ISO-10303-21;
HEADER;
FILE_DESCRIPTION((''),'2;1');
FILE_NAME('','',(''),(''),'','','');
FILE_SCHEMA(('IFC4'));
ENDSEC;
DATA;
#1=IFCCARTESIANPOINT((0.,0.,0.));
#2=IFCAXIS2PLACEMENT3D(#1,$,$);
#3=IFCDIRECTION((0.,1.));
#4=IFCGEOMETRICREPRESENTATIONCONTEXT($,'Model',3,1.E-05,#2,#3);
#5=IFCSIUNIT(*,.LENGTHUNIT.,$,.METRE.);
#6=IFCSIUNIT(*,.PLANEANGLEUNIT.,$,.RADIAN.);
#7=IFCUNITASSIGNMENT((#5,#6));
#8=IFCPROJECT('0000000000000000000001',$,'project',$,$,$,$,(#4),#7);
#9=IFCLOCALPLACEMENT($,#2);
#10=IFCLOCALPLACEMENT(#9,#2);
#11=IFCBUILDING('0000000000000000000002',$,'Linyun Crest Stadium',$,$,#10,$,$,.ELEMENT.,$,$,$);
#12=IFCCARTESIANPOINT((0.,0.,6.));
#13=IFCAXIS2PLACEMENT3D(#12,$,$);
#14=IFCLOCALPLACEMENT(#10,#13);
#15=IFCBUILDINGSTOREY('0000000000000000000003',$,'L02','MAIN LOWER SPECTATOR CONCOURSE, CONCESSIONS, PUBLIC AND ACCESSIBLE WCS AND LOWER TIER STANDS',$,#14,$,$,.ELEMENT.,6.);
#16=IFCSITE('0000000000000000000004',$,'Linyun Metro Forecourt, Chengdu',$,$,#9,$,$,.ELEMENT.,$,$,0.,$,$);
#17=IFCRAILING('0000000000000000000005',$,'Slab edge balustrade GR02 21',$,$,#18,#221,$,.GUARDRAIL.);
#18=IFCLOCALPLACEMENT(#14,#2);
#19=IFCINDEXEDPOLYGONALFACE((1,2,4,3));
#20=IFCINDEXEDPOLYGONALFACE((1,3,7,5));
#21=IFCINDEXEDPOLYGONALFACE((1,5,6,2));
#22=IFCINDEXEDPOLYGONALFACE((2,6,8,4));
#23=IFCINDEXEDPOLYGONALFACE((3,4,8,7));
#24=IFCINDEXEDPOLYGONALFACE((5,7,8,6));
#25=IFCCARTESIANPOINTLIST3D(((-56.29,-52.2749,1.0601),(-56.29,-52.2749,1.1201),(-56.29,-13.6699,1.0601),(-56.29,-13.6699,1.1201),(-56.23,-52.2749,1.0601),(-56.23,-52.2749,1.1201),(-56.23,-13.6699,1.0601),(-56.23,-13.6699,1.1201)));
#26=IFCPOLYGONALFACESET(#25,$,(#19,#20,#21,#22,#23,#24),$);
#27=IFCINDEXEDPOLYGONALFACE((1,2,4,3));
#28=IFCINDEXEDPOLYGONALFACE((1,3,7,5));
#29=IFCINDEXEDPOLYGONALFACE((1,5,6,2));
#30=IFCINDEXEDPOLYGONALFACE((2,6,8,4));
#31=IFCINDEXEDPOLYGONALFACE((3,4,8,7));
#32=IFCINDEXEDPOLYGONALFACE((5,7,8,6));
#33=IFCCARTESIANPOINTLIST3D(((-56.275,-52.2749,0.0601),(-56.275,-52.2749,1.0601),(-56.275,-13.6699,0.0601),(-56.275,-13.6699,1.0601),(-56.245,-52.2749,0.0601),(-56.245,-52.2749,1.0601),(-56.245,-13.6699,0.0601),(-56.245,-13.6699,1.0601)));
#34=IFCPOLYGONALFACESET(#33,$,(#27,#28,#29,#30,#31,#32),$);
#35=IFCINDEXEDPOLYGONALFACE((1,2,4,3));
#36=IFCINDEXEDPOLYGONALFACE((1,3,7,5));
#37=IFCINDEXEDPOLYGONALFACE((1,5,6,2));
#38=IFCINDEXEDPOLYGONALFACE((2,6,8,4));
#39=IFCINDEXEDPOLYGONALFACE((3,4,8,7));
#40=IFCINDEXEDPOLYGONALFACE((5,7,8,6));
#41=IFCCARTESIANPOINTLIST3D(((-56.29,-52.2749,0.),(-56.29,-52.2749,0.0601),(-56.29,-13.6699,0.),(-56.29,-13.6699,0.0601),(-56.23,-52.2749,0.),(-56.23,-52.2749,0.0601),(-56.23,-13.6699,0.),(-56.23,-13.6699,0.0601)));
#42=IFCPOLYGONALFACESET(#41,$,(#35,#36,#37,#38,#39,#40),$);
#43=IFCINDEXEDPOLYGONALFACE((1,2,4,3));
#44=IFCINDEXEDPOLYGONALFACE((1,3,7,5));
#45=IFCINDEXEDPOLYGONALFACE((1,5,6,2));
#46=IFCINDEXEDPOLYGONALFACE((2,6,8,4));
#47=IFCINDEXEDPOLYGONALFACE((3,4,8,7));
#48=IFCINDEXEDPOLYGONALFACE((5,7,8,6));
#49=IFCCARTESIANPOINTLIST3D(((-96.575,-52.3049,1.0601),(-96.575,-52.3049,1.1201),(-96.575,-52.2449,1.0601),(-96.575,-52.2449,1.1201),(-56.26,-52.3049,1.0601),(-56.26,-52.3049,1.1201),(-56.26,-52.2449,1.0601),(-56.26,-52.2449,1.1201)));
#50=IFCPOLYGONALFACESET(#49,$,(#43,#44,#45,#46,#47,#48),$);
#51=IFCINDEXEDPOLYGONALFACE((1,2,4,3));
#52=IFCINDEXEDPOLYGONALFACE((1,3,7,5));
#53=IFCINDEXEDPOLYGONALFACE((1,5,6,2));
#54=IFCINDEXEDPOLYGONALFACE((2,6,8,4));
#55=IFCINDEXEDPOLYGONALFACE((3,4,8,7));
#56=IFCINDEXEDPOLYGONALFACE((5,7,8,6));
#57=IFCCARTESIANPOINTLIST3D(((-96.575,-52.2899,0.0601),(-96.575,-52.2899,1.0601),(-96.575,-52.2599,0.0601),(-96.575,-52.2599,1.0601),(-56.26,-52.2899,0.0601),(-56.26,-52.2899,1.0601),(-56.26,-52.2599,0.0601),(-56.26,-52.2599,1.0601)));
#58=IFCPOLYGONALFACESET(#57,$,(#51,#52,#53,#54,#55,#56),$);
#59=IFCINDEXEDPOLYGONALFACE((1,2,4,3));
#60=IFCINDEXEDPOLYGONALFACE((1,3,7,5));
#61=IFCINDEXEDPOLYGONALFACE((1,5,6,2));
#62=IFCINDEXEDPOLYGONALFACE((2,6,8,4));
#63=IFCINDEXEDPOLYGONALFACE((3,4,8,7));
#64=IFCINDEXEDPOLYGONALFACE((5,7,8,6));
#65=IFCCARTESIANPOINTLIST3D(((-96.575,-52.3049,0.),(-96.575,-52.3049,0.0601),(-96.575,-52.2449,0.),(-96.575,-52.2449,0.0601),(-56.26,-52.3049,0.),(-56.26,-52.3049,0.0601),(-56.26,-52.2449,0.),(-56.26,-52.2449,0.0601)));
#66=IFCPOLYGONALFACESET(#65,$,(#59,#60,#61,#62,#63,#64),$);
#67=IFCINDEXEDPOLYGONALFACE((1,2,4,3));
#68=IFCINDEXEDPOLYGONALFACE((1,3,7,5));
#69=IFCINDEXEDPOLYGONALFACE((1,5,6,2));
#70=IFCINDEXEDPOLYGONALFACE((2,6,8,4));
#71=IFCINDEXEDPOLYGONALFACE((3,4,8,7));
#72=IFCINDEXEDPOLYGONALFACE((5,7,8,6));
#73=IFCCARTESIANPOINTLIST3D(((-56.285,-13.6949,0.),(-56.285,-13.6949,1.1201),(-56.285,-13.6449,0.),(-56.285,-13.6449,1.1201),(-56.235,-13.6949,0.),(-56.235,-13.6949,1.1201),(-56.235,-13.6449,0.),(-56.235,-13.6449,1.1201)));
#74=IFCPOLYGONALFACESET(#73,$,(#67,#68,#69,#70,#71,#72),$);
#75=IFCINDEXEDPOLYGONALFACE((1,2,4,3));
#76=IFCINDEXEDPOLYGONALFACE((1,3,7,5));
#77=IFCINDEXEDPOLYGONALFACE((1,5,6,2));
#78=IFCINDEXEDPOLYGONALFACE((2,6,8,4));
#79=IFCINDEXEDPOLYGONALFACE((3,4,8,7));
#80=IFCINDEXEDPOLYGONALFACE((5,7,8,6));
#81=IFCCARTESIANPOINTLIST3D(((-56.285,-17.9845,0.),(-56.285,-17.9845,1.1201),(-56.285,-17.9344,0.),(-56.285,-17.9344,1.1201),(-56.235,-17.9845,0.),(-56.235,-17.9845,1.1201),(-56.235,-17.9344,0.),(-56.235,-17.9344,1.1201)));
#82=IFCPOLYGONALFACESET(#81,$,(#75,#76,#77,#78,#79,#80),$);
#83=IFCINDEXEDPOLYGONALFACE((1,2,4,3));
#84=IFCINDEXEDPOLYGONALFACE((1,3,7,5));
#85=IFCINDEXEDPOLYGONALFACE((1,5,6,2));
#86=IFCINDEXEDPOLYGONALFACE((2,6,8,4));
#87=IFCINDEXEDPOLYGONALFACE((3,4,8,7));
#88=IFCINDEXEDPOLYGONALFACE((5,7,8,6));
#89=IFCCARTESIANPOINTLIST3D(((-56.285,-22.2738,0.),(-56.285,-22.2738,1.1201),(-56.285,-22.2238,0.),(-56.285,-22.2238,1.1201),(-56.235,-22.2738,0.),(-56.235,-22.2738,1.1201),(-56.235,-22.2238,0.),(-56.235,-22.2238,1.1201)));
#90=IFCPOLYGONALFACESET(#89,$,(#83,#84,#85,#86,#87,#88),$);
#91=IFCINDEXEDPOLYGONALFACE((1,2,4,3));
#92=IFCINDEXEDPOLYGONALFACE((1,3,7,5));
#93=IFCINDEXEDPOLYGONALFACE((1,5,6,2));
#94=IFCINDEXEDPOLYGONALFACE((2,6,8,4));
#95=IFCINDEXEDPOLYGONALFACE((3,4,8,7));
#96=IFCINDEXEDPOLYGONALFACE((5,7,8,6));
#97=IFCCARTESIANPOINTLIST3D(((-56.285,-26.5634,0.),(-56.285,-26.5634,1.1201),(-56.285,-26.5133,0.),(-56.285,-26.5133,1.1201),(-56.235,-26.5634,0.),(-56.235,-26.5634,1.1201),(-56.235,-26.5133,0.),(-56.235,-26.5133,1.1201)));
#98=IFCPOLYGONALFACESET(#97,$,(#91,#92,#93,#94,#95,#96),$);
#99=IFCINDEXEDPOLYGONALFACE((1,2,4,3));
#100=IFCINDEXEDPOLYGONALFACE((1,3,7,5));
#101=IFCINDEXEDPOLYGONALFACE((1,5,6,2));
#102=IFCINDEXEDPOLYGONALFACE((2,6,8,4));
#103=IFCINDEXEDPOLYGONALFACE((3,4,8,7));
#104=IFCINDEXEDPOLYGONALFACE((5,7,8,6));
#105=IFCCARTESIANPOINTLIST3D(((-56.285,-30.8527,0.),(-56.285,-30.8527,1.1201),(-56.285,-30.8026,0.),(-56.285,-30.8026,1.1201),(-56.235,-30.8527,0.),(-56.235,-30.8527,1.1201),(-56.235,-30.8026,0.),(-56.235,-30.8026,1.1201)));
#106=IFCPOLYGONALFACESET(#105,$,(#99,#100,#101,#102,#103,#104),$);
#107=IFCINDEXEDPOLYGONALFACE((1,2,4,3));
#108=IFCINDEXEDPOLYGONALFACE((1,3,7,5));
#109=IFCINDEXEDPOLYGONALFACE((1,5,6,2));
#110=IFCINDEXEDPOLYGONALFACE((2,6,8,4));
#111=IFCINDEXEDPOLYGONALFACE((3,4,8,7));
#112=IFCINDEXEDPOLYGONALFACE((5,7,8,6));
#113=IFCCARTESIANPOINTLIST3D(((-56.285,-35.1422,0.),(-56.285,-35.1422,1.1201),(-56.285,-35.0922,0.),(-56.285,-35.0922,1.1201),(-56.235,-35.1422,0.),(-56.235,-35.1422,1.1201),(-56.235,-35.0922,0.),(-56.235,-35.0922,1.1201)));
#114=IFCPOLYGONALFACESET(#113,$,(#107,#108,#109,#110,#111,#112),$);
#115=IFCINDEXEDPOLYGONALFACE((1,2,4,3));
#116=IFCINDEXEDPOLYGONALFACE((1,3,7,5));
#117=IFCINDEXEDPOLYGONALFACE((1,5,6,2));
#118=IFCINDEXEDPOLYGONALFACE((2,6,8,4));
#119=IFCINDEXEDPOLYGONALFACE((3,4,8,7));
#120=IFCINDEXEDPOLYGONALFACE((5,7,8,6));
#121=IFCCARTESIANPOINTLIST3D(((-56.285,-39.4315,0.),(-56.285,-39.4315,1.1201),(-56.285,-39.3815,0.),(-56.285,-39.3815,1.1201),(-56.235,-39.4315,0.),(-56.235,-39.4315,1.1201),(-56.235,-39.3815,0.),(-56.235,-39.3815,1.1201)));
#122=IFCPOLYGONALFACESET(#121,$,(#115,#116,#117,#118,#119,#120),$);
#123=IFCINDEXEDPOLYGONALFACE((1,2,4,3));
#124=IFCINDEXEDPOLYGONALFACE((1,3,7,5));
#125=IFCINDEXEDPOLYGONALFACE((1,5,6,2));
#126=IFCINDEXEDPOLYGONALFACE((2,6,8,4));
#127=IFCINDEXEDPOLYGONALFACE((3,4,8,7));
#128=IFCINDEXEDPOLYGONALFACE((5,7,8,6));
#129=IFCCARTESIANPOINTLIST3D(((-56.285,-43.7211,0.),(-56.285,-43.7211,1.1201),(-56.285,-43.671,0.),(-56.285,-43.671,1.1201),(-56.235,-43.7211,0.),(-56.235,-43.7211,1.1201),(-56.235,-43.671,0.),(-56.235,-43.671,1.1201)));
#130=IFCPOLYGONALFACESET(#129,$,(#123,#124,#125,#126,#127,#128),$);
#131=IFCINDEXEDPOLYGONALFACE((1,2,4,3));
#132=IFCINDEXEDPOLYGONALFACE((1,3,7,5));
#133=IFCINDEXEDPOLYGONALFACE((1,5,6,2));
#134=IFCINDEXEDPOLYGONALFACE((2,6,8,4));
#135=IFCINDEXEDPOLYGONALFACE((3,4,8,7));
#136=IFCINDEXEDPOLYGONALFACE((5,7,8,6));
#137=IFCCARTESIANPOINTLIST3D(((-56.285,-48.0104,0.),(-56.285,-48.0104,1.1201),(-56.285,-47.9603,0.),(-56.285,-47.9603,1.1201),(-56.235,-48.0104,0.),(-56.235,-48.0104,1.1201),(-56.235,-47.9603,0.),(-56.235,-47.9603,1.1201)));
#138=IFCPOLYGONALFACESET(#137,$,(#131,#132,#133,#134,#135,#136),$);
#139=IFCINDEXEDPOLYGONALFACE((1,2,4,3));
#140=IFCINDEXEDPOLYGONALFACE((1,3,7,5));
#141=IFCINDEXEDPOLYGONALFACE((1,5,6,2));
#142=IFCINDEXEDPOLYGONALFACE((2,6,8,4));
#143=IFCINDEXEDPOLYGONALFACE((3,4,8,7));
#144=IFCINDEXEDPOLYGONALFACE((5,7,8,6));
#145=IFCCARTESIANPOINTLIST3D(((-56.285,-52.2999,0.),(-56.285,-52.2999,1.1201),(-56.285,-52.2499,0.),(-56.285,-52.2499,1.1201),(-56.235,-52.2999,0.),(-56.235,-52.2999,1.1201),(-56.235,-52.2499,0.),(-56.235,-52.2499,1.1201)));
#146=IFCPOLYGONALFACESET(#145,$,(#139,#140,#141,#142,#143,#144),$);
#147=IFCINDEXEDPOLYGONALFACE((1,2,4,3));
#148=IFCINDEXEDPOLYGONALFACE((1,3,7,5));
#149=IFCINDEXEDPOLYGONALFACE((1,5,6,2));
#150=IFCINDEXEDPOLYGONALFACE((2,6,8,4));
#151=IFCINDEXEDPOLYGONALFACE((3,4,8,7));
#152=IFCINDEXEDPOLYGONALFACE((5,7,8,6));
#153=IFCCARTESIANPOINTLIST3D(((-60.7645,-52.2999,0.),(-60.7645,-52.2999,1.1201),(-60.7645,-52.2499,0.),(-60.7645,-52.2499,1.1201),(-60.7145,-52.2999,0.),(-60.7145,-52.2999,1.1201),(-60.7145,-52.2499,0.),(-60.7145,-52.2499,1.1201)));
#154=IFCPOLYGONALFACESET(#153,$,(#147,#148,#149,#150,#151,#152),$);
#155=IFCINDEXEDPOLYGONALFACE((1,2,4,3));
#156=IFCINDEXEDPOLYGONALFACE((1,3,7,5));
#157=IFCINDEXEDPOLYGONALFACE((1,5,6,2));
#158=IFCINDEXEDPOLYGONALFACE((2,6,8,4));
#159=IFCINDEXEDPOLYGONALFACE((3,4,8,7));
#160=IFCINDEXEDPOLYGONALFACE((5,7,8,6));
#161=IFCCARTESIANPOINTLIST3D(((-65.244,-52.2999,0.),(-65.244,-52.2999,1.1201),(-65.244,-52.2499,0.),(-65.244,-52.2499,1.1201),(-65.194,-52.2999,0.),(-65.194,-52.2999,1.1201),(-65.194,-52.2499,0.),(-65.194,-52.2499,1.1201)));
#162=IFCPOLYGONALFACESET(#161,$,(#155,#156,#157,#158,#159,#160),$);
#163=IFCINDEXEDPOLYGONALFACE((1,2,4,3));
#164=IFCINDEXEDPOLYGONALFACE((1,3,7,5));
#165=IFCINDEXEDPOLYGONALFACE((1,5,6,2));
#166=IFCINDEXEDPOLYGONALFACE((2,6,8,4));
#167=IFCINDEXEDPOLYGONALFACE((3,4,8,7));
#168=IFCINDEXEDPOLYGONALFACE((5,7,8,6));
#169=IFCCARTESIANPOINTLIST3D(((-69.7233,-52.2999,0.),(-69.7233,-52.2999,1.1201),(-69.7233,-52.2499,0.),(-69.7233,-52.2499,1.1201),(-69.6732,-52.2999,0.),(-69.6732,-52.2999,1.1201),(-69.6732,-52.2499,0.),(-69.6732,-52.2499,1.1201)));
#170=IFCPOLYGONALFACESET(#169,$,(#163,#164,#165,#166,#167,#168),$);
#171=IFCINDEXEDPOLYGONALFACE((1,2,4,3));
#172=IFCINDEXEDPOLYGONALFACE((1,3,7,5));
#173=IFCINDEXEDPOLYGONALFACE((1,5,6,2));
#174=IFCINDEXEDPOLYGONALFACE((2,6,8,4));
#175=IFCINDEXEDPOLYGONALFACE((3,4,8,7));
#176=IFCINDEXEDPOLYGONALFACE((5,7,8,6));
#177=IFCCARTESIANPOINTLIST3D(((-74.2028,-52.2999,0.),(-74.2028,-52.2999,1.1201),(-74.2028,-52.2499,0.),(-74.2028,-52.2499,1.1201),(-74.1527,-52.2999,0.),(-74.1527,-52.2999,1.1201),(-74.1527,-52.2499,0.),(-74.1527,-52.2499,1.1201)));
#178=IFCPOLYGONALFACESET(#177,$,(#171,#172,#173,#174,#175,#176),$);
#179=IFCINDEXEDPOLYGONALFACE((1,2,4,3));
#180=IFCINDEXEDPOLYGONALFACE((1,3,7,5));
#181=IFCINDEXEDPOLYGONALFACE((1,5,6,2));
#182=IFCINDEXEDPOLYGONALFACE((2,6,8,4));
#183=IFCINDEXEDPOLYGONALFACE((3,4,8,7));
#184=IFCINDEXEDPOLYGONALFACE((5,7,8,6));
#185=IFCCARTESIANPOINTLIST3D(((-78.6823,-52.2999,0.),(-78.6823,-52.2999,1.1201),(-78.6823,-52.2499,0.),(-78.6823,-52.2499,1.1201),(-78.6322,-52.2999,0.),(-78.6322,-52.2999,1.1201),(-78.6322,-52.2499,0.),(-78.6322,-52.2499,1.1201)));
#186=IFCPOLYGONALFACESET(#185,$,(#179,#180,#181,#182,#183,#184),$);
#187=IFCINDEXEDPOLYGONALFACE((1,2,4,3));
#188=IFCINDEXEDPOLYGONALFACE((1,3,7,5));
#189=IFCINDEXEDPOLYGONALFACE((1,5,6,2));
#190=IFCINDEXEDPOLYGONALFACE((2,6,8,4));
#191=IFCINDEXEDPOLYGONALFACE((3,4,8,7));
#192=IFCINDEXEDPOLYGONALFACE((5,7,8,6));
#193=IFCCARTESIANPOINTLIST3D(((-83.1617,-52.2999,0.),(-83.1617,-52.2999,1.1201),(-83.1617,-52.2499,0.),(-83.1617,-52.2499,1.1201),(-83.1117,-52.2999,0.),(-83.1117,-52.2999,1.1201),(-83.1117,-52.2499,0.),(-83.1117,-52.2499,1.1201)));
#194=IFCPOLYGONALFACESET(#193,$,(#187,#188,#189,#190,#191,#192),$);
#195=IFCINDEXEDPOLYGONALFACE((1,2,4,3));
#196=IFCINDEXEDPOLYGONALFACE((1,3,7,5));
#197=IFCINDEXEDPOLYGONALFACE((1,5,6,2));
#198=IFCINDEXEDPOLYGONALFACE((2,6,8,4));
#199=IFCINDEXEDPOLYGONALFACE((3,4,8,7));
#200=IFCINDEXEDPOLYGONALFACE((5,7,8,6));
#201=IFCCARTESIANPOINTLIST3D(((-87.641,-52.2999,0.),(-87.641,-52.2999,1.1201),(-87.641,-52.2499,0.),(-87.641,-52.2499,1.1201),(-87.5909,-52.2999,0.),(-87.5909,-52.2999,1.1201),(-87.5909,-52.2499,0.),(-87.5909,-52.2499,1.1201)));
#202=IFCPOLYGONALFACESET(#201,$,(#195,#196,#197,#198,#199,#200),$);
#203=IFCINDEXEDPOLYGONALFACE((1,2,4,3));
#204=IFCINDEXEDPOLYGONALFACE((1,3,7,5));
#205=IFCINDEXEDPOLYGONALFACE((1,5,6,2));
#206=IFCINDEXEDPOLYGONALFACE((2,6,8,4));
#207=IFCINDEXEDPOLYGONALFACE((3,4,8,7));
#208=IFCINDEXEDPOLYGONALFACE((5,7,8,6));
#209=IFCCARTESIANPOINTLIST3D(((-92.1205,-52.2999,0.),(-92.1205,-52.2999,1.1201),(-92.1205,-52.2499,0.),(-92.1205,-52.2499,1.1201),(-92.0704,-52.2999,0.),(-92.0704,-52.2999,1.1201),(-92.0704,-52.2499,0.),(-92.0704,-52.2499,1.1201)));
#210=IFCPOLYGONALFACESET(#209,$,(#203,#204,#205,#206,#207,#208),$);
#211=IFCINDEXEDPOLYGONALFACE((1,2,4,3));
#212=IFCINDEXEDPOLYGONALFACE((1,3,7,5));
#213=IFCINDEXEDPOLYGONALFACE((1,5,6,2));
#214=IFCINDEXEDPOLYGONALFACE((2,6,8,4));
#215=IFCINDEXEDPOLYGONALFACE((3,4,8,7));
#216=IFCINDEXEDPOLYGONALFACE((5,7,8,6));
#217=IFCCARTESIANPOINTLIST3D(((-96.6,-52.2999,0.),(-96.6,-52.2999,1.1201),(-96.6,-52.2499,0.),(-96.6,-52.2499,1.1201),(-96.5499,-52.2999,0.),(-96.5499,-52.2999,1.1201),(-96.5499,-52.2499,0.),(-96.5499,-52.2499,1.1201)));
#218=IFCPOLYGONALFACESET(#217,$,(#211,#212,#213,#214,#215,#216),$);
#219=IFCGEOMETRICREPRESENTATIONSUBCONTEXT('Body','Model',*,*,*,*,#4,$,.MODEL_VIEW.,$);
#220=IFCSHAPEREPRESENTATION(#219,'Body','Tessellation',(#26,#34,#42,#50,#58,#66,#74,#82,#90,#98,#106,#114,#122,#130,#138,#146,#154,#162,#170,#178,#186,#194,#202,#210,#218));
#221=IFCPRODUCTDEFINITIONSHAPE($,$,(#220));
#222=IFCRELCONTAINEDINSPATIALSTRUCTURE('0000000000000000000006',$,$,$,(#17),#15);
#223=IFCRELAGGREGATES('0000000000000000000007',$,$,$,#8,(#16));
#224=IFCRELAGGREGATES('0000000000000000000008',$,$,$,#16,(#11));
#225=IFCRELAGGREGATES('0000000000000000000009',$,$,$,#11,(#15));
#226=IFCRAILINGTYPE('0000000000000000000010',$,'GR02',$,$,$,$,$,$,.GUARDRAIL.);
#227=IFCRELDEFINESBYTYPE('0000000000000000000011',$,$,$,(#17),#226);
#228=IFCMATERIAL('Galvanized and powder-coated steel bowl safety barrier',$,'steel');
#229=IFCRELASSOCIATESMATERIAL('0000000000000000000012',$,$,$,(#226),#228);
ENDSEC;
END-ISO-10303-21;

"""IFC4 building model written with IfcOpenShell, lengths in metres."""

from ifc_helpers import new_model, si_unit, direction, frame, origin, origin_2d, place, context, subcontext, project, spatial, rectangle, extrude, material, type_object, element, save


model = new_model("IFC4")

# Units and contexts
model_context = context("Model", 3, precision=1e-05, world=origin(), true_north=direction((0.0, 1.0)))
body_context = subcontext(model_context, "Body", "Model", "MODEL_VIEW")
ifc_project = project(units=[si_unit("LENGTHUNIT", "METRE"), si_unit("PLANEANGLEUNIT", "RADIAN")], contexts=[model_context])

# Site, building, storey
site_placement = place(None, origin())
site = spatial("IfcSite", under=ifc_project, at=site_placement, Name="Linyun Metro Forecourt, Chengdu", CompositionType="ELEMENT", RefElevation=0.0)
building_placement = place(site_placement, origin())
building = spatial("IfcBuilding", under=site, at=building_placement, Name="Linyun Crest Stadium", CompositionType="ELEMENT")
storey_placement = place(building_placement, frame((0.0, 0.0, 6.0)))
storey = spatial("IfcBuildingStorey", under=building, at=storey_placement, Name="L02", Description="MAIN LOWER SPECTATOR CONCOURSE, CONCESSIONS, PUBLIC AND ACCESSIBLE WCS AND LOWER TIER STANDS", CompositionType="ELEMENT", Elevation=6.0)

# Railing
ifc_material_1 = material(Name="Galvanized and powder-coated steel bowl safety barrier", Category="steel")
railing_type = type_object("IfcRailingType", Name="GR02", PredefinedType="GUARDRAIL", material=ifc_material_1)
railing_1_placement = place(storey_placement, frame((-56.26, -13.6699, 0.0)))
element("IfcRailing", 1, at=railing_1_placement, inside=storey, type_object=railing_type, Name="Slab edge balustrade GR02 21", PredefinedType="GUARDRAIL", context=body_context, shape_type="SweptSolid", body=[
    extrude(rectangle(XDim=0.0601, YDim=0.0601, at=origin_2d()), frame((0.0, 0.0, 1.0901), z_axis=(0.0, -1.0, 0.0), x_axis=(1.0, 0.0, 0.0)), (0.0, 0.0, 1.0), 38.605),
    extrude(rectangle(XDim=0.03, YDim=1.0, at=origin_2d()), frame((0.0, 0.0, 0.5601), z_axis=(0.0, -1.0, 0.0), x_axis=(1.0, 0.0, 0.0)), (0.0, 0.0, 1.0), 38.605),
    extrude(rectangle(XDim=0.0601, YDim=0.0601, at=origin_2d()), frame((0.0, 0.0, 0.03), z_axis=(0.0, -1.0, 0.0), x_axis=(1.0, 0.0, 0.0)), (0.0, 0.0, 1.0), 38.605),
    extrude(rectangle(XDim=0.0601, YDim=0.0601, at=origin_2d()), frame((0.0, -38.605, 1.0901), z_axis=(-1.0, 0.0, 0.0), x_axis=(0.0, -1.0, 0.0)), (0.0, 0.0, 1.0), 40.3149),
    extrude(rectangle(XDim=0.03, YDim=1.0, at=origin_2d()), frame((0.0, -38.605, 0.5601), z_axis=(-1.0, 0.0, 0.0), x_axis=(0.0, -1.0, 0.0)), (0.0, 0.0, 1.0), 40.3149),
    extrude(rectangle(XDim=0.0601, YDim=0.0601, at=origin_2d()), frame((0.0, -38.605, 0.03), z_axis=(-1.0, 0.0, 0.0), x_axis=(0.0, -1.0, 0.0)), (0.0, 0.0, 1.0), 40.3149),
    extrude(rectangle(XDim=0.05, YDim=0.05, at=origin_2d()), origin(), (0.0, 0.0, 1.0), 1.1201),
    extrude(rectangle(XDim=0.05, YDim=0.05, at=origin_2d()), frame((0.0, -4.2896, 0.0)), (0.0, 0.0, 1.0), 1.1201),
    extrude(rectangle(XDim=0.05, YDim=0.05, at=origin_2d()), frame((0.0, -8.5789, 0.0)), (0.0, 0.0, 1.0), 1.1201),
    extrude(rectangle(XDim=0.05, YDim=0.05, at=origin_2d()), frame((0.0, -12.8684, 0.0)), (0.0, 0.0, 1.0), 1.1201),
    extrude(rectangle(XDim=0.05, YDim=0.05, at=origin_2d()), frame((0.0, -17.1577, 0.0)), (0.0, 0.0, 1.0), 1.1201),
    extrude(rectangle(XDim=0.05, YDim=0.05, at=origin_2d()), frame((0.0, -21.4473, 0.0)), (0.0, 0.0, 1.0), 1.1201),
    extrude(rectangle(XDim=0.05, YDim=0.05, at=origin_2d()), frame((0.0, -25.7366, 0.0)), (0.0, 0.0, 1.0), 1.1201),
    extrude(rectangle(XDim=0.05, YDim=0.05, at=origin_2d()), frame((0.0, -30.0261, 0.0)), (0.0, 0.0, 1.0), 1.1201),
    extrude(rectangle(XDim=0.05, YDim=0.05, at=origin_2d()), frame((0.0, -34.3154, 0.0)), (0.0, 0.0, 1.0), 1.1201),
    extrude(rectangle(XDim=0.05, YDim=0.05, at=origin_2d()), frame((0.0, -38.605, 0.0)), (0.0, 0.0, 1.0), 1.1201),
    extrude(rectangle(XDim=0.05, YDim=0.05, at=origin_2d()), frame((-4.4795, -38.605, 0.0)), (0.0, 0.0, 1.0), 1.1201),
    extrude(rectangle(XDim=0.05, YDim=0.05, at=origin_2d()), frame((-8.959, -38.605, 0.0)), (0.0, 0.0, 1.0), 1.1201),
    extrude(rectangle(XDim=0.05, YDim=0.05, at=origin_2d()), frame((-13.4382, -38.605, 0.0)), (0.0, 0.0, 1.0), 1.1201),
    extrude(rectangle(XDim=0.05, YDim=0.05, at=origin_2d()), frame((-17.9177, -38.605, 0.0)), (0.0, 0.0, 1.0), 1.1201),
    extrude(rectangle(XDim=0.05, YDim=0.05, at=origin_2d()), frame((-22.3972, -38.605, 0.0)), (0.0, 0.0, 1.0), 1.1201),
    extrude(rectangle(XDim=0.05, YDim=0.05, at=origin_2d()), frame((-26.8767, -38.605, 0.0)), (0.0, 0.0, 1.0), 1.1201),
    extrude(rectangle(XDim=0.05, YDim=0.05, at=origin_2d()), frame((-31.356, -38.605, 0.0)), (0.0, 0.0, 1.0), 1.1201),
    extrude(rectangle(XDim=0.05, YDim=0.05, at=origin_2d()), frame((-35.8354, -38.605, 0.0)), (0.0, 0.0, 1.0), 1.1201),
    extrude(rectangle(XDim=0.05, YDim=0.05, at=origin_2d()), frame((-40.3149, -38.605, 0.0)), (0.0, 0.0, 1.0), 1.1201),
])

save(model, "model.ifc")
